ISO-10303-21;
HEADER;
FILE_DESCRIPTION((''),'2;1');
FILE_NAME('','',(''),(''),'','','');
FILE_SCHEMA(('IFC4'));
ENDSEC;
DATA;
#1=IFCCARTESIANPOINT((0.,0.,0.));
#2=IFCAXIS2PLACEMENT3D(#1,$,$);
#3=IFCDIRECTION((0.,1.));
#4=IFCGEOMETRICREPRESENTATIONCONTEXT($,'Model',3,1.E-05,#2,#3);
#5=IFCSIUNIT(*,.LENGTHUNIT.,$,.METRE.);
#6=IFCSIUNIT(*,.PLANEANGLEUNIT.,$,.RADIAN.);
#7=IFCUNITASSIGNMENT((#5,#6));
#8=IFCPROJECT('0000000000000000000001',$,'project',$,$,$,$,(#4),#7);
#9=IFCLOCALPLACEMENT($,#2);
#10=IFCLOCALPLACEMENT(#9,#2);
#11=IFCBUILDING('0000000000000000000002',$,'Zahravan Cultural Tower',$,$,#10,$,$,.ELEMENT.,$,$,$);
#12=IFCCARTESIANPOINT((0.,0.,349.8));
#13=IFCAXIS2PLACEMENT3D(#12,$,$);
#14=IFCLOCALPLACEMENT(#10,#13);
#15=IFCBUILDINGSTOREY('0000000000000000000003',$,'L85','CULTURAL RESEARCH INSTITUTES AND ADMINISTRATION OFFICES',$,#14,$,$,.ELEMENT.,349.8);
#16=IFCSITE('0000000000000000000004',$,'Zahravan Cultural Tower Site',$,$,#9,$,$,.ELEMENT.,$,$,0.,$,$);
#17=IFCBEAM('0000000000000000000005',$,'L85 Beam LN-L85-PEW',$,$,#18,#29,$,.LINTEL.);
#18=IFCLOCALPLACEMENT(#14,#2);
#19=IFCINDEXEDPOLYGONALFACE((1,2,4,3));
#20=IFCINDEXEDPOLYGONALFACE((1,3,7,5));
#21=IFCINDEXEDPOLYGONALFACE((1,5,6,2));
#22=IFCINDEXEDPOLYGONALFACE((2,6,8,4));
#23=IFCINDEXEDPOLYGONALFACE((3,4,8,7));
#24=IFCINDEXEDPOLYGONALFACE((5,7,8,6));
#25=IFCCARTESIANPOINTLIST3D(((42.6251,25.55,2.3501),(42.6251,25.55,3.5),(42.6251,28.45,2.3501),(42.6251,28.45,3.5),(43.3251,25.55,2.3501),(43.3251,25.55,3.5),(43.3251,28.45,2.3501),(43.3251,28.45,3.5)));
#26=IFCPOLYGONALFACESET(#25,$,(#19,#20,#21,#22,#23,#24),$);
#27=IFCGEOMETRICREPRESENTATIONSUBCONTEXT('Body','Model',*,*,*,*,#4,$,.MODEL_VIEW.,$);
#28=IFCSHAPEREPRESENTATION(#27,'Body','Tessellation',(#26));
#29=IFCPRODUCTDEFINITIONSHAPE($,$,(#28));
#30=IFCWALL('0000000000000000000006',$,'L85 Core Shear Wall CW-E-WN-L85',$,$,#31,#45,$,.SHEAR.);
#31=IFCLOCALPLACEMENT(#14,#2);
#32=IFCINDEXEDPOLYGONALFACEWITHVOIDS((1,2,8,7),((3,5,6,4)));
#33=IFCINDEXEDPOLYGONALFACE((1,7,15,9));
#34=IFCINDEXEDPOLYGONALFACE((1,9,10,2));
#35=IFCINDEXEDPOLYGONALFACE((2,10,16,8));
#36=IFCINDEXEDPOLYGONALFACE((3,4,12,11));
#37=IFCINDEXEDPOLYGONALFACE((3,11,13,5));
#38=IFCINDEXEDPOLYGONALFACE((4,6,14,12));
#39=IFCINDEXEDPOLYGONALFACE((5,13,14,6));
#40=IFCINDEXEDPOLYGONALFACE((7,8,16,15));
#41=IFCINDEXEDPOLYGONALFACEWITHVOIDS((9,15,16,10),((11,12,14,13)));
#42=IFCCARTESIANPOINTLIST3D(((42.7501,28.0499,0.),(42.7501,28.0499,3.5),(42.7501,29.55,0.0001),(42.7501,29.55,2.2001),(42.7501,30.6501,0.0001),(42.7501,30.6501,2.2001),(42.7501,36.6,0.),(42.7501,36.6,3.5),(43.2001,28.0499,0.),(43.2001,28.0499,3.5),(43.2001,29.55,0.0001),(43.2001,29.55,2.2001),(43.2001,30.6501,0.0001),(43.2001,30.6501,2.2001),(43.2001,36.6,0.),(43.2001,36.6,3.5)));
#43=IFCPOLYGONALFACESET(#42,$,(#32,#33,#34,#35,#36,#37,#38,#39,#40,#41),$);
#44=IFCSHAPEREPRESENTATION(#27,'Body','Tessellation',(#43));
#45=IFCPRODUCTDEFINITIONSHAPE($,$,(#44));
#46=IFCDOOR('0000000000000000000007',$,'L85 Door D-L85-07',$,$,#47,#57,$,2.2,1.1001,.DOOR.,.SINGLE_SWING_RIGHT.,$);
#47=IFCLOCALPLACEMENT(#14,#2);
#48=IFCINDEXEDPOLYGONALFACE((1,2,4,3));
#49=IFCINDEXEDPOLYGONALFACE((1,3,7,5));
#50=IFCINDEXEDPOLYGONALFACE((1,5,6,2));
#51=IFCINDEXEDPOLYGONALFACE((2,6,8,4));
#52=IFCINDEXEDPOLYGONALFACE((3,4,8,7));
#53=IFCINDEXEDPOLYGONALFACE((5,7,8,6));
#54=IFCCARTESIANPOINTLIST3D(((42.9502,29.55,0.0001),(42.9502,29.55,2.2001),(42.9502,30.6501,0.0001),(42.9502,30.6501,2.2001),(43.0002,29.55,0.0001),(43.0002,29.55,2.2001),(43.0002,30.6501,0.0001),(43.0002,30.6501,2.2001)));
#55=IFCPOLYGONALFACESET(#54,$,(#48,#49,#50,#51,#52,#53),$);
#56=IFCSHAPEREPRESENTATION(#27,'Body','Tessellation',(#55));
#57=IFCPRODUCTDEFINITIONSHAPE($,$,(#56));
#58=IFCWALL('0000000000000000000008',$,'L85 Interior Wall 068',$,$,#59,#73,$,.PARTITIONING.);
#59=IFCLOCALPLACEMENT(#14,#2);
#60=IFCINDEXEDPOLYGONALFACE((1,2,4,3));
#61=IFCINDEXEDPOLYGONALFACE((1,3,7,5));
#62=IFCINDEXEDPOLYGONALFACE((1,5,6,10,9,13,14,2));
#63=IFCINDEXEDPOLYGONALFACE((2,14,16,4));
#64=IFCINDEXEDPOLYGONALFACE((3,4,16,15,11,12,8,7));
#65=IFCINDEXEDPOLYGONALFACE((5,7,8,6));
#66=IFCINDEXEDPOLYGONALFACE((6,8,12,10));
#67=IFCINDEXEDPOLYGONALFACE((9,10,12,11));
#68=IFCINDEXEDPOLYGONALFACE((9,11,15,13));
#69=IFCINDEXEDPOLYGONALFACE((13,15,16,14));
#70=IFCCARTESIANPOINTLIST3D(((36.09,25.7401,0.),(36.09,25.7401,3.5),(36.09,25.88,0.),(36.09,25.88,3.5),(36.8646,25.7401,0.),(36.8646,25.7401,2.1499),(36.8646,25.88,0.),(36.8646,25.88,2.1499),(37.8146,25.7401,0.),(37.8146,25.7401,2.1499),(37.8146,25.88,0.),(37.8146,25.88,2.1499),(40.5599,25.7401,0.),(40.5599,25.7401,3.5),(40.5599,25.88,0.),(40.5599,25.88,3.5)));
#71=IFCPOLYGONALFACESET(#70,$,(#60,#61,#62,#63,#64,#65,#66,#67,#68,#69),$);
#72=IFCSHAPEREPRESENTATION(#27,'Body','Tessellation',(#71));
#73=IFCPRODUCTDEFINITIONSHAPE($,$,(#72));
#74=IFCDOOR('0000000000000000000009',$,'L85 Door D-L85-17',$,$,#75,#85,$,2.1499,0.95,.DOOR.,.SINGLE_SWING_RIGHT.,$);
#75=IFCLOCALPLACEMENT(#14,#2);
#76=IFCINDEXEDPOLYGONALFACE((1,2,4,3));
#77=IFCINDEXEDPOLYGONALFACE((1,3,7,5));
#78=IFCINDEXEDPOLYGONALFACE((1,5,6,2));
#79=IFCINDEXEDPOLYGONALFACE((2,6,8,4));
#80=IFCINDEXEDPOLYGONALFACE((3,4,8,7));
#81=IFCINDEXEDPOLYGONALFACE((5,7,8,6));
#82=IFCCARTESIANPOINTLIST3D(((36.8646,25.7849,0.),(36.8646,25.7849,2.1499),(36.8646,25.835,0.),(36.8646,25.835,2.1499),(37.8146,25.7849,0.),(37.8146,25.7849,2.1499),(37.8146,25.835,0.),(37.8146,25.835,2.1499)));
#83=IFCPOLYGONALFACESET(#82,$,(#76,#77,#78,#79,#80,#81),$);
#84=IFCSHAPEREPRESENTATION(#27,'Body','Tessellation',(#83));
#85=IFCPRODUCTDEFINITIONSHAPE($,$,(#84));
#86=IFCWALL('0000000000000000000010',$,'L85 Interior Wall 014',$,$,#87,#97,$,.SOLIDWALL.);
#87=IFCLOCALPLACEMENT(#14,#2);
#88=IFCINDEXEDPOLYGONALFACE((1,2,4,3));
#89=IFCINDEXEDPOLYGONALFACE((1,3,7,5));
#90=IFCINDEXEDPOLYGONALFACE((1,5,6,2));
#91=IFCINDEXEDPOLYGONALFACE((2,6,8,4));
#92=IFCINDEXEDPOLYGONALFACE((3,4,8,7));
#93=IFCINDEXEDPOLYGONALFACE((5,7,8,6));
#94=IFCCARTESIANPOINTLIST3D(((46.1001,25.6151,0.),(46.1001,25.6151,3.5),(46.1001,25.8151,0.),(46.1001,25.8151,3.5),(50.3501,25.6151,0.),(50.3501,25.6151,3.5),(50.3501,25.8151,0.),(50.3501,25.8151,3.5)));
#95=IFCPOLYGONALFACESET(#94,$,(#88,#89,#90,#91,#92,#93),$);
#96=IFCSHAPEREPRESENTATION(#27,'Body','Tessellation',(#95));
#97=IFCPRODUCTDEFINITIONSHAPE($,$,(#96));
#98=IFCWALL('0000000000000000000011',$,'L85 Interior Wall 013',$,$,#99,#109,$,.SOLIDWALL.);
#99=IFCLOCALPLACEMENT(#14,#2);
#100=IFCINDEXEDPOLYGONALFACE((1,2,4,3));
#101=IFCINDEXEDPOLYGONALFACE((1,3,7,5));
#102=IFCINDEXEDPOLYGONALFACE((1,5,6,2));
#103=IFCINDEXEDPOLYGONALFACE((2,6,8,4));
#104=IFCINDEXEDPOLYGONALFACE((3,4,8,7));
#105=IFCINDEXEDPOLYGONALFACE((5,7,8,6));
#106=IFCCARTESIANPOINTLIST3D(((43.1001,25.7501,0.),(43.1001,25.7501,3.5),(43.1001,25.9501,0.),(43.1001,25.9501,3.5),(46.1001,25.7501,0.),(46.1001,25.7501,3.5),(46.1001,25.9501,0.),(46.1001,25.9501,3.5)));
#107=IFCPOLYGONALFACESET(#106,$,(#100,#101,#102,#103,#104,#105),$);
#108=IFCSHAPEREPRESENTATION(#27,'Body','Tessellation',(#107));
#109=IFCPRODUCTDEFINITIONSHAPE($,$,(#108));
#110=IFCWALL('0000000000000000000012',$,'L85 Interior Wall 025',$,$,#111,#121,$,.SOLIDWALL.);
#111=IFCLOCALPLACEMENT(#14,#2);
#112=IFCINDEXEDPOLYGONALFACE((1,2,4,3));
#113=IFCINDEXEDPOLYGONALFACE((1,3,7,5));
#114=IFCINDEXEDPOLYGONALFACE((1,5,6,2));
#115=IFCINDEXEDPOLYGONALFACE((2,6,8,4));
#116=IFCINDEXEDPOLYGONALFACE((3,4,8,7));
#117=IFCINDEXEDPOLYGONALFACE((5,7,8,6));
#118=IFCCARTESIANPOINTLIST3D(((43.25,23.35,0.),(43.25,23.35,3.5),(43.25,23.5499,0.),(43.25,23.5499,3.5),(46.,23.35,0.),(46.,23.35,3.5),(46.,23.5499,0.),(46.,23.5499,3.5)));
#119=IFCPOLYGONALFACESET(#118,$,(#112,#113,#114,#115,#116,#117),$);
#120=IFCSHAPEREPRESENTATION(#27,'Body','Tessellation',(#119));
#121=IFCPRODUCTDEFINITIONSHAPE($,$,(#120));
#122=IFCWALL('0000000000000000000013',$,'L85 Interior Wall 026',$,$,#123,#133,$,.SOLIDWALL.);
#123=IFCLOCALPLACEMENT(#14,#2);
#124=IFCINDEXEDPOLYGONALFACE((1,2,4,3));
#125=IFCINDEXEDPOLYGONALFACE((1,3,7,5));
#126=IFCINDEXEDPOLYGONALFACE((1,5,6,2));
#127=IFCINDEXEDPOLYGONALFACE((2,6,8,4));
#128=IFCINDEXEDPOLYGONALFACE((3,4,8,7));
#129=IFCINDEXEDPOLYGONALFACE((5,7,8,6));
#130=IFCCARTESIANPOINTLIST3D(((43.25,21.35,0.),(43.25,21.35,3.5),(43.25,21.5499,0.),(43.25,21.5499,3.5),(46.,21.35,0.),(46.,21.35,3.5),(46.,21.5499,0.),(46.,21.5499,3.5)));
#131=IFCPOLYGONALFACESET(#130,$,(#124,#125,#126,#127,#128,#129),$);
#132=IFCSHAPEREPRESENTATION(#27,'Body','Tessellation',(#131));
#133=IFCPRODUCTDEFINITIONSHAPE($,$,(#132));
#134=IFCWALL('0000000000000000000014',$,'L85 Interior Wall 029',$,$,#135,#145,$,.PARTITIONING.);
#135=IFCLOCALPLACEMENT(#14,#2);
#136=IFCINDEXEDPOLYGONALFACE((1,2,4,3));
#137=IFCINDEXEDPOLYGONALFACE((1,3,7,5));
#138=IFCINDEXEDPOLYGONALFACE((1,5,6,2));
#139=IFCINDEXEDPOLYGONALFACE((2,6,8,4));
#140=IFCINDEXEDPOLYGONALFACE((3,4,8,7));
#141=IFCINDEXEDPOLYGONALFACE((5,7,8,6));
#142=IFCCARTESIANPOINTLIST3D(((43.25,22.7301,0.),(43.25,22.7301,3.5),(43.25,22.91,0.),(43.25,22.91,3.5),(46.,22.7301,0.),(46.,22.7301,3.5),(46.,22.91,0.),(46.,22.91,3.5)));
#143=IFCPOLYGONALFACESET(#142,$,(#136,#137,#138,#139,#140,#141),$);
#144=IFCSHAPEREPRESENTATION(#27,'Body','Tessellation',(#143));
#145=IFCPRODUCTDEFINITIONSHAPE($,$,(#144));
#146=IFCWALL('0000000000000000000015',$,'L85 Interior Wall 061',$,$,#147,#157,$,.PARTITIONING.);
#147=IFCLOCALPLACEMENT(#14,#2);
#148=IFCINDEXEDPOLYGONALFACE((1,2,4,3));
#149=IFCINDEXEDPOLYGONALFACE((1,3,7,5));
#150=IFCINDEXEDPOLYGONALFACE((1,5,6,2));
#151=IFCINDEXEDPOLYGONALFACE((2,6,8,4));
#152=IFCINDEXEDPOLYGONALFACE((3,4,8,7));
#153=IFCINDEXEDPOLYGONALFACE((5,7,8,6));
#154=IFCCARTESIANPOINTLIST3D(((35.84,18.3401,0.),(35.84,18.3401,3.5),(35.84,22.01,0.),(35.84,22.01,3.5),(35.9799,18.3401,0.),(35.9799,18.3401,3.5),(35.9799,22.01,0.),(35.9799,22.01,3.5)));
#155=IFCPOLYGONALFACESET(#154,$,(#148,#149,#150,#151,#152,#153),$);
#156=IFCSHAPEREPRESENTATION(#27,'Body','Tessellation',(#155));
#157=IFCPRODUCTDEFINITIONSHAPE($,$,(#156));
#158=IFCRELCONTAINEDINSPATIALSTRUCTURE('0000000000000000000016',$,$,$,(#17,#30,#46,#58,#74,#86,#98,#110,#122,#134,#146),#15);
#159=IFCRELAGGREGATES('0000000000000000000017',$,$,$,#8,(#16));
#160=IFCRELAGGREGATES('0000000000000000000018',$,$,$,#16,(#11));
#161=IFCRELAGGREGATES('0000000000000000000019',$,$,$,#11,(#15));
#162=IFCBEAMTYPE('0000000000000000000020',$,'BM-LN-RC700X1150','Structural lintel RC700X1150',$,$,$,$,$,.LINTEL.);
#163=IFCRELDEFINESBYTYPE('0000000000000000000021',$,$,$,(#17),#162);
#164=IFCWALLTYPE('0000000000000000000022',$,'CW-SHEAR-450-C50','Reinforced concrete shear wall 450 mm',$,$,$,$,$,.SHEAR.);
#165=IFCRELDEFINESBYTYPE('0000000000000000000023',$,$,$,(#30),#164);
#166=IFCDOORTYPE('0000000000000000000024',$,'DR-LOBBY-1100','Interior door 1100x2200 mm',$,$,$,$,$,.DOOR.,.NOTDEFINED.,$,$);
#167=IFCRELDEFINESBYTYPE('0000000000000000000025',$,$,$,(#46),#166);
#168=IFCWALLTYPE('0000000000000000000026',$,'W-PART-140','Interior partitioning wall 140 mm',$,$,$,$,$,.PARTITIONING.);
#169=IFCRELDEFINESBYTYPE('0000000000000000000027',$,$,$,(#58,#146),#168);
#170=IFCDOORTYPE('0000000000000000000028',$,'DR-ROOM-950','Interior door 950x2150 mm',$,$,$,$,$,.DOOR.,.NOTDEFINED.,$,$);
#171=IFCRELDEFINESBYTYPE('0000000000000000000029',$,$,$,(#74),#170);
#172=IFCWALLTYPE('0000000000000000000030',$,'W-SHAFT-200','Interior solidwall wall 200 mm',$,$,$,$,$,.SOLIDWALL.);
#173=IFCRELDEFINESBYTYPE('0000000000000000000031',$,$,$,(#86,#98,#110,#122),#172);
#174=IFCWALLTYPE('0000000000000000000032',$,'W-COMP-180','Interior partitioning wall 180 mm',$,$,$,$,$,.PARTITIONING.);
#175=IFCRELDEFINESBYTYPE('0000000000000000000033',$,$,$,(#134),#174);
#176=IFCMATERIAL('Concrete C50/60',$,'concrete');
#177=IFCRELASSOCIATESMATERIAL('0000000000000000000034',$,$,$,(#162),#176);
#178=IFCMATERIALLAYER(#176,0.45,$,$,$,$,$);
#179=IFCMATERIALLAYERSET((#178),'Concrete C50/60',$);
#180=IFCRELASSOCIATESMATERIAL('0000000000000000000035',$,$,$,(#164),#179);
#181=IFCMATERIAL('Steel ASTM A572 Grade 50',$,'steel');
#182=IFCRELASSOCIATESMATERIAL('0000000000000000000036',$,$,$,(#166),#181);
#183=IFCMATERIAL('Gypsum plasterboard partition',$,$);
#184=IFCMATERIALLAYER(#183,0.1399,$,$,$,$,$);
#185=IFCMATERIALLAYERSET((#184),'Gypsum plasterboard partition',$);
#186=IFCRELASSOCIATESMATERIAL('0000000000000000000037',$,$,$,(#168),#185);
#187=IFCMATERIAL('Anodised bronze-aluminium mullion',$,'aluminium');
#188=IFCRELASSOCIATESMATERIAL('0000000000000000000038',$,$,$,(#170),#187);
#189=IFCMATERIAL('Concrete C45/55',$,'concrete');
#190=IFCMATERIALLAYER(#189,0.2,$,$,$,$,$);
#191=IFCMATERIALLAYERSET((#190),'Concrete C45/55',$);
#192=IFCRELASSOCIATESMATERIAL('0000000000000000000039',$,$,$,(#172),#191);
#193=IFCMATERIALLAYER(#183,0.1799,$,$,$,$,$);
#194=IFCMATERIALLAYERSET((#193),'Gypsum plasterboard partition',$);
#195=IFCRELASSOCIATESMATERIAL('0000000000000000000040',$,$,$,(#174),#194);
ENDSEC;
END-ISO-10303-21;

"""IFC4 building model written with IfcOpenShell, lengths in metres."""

from ifc_helpers import new_model, si_unit, direction, frame, frame_2d, origin, origin_2d, place, context, subcontext, project, spatial, rectangle, extrude, source, transform, mapped, material, layer, layer_set, material_profile, profile_set, type_object, element, fill, save


model = new_model("IFC4")

# Units and contexts
model_context = context("Model", 3, precision=1e-05, world=origin(), true_north=direction((0.0, 1.0)))
body_context = subcontext(model_context, "Body", "Model", "MODEL_VIEW")
ifc_project = project(units=[si_unit("LENGTHUNIT", "METRE"), si_unit("PLANEANGLEUNIT", "RADIAN")], contexts=[model_context])

# Site, building, storey
site_placement = place(None, origin())
site = spatial("IfcSite", under=ifc_project, at=site_placement, Name="Zahravan Cultural Tower Site", CompositionType="ELEMENT", RefElevation=0.0)
building_placement = place(site_placement, origin())
building = spatial("IfcBuilding", under=site, at=building_placement, Name="Zahravan Cultural Tower", CompositionType="ELEMENT")
storey_placement = place(building_placement, frame((0.0, 0.0, 349.8)))
storey = spatial("IfcBuildingStorey", under=building, at=storey_placement, Name="L85", Description="CULTURAL RESEARCH INSTITUTES AND ADMINISTRATION OFFICES", CompositionType="ELEMENT", Elevation=349.8)

# Beam
ifc_material_1 = material(Name="Concrete C50/60", Category="concrete")
ifc_material_profile = material_profile(ifc_material_1, rectangle(XDim=0.7, YDim=1.1499, at=origin_2d()), Name="RC700X1150")
ifc_profile_set = profile_set([ifc_material_profile], Name="Concrete C50/60")
beam_type = type_object("IfcBeamType", Name="BM-LN-RC700X1150", Description="Structural lintel RC700X1150", PredefinedType="LINTEL", material=ifc_profile_set)
shared_shape_1 = source(origin(), body_context, "Body", "SweptSolid", [
    extrude(rectangle(XDim=0.7, YDim=1.1499, at=origin_2d()), origin(), (0.0, 0.0, 1.0), 2.8999),
])
beam_placement = place(storey_placement, frame((42.9751, 25.55, 2.925), z_axis=(0.0, 1.0, 0.0), x_axis=(-1.0, 0.0, 0.0)))
element("IfcBeam", 1, at=beam_placement, inside=storey, type_object=beam_type, Name="L85 Beam LN-L85-PEW", PredefinedType="LINTEL", context=body_context, shape_type="MappedRepresentation", body=[
    mapped(shared_shape_1, transform((0.0, 0.0, 0.0), x_axis=(1.0, 0.0, 0.0), y_axis=(0.0, 1.0, 0.0), z_axis=(0.0, 0.0, 1.0), scale=1.0)),
])

# Walls, openings, doors
ifc_layer_1 = layer(ifc_material_1, 0.45)
ifc_layer_set_1 = layer_set([ifc_layer_1], Name="Concrete C50/60")
wall_type_1 = type_object("IfcWallType", Name="CW-SHEAR-450-C50", Description="Reinforced concrete shear wall 450 mm", PredefinedType="SHEAR", material=ifc_layer_set_1)
wall_1_placement = place(storey_placement, frame((42.9751, 28.05, 0.0), z_axis=(0.0, 0.0, 1.0), x_axis=(0.0, 1.0, 0.0)))
wall_1 = element("IfcWall", 2, at=wall_1_placement, inside=storey, type_object=wall_type_1, Name="L85 Core Shear Wall CW-E-WN-L85", PredefinedType="SHEAR", context=body_context, shape_type="SweptSolid", body=[
    extrude(rectangle(XDim=8.55, YDim=0.45, at=frame_2d((4.2749, 0.0))), origin(), (0.0, 0.0, 1.0), 3.5),
])
opening_1_placement = place(wall_1_placement, frame((1.5, 0.0, 0.0)))
opening_1 = element("IfcOpeningElement", 3, at=opening_1_placement, cuts=wall_1, PredefinedType="OPENING", context=body_context, shape_type="SweptSolid", body=[
    extrude(rectangle(XDim=1.1001, YDim=2.2, at=frame_2d((0.55, 1.1001))), frame((0.0, 0.2349, 0.0), z_axis=(0.0, -1.0, 0.0), x_axis=(1.0, 0.0, 0.0)), (0.0, 0.0, 1.0), 0.47),
])
ifc_material_2 = material(Name="Steel ASTM A572 Grade 50", Category="steel")
door_type_1 = type_object("IfcDoorType", Name="DR-LOBBY-1100", Description="Interior door 1100x2200 mm", OperationType="NOTDEFINED", PredefinedType="DOOR", material=ifc_material_2)
shared_shape_2 = source(origin(), body_context, "Body", "SweptSolid", [
    extrude(rectangle(XDim=1.1001, YDim=2.2, at=frame_2d((0.55, 1.1001))), frame((0.0, 0.0249, 0.0), z_axis=(0.0, -1.0, 0.0), x_axis=(1.0, 0.0, 0.0)), (0.0, 0.0, 1.0), 0.05),
])
door_1_placement = place(opening_1_placement, origin())
door_1 = element("IfcDoor", 4, at=door_1_placement, inside=storey, type_object=door_type_1, Name="L85 Door D-L85-07", OperationType="SINGLE_SWING_RIGHT", OverallHeight=2.2, OverallWidth=1.1001, PredefinedType="DOOR", context=body_context, shape_type="MappedRepresentation", body=[
    mapped(shared_shape_2, transform((0.0, 0.0, 0.0), x_axis=(1.0, 0.0, 0.0), y_axis=(0.0, 1.0, 0.0), z_axis=(0.0, 0.0, 1.0), scale=1.0)),
])
fill(opening_1, door_1)
ifc_material_3 = material(Name="Gypsum plasterboard partition")
ifc_layer_2 = layer(ifc_material_3, 0.1399)
ifc_layer_set_2 = layer_set([ifc_layer_2], Name="Gypsum plasterboard partition")
wall_type_2 = type_object("IfcWallType", Name="W-PART-140", Description="Interior partitioning wall 140 mm", PredefinedType="PARTITIONING", material=ifc_layer_set_2)
ifc_material_4 = material(Name="Anodised bronze-aluminium mullion", Category="aluminium")
door_type_2 = type_object("IfcDoorType", Name="DR-ROOM-950", Description="Interior door 950x2150 mm", OperationType="NOTDEFINED", PredefinedType="DOOR", material=ifc_material_4)
shared_shape_3 = source(origin(), body_context, "Body", "SweptSolid", [
    extrude(rectangle(XDim=0.95, YDim=2.1499, at=frame_2d((0.4751, 1.075))), frame((0.0, 0.0249, 0.0), z_axis=(0.0, -1.0, 0.0), x_axis=(1.0, 0.0, 0.0)), (0.0, 0.0, 1.0), 0.05),
])
wall_2_placement = place(storey_placement, frame((36.0901, 25.8101, 0.0), z_axis=(0.0, 0.0, 1.0), x_axis=(1.0, 0.0, 0.0)))
wall_2 = element("IfcWall", 5, at=wall_2_placement, inside=storey, type_object=wall_type_2, Name="L85 Interior Wall 068", PredefinedType="PARTITIONING", context=body_context, shape_type="SweptSolid", body=[
    extrude(rectangle(XDim=4.47, YDim=0.1399, at=frame_2d((2.2349, 0.0))), origin(), (0.0, 0.0, 1.0), 3.5),
])
opening_2_placement = place(wall_2_placement, frame((0.7744, 0.0, 0.0)))
opening_2 = element("IfcOpeningElement", 6, at=opening_2_placement, cuts=wall_2, PredefinedType="OPENING", context=body_context, shape_type="SweptSolid", body=[
    extrude(rectangle(XDim=0.95, YDim=2.1499, at=frame_2d((0.4751, 1.075))), frame((0.0, 0.0798, 0.0), z_axis=(0.0, -1.0, 0.0), x_axis=(1.0, 0.0, 0.0)), (0.0, 0.0, 1.0), 0.1599),
])
door_2_placement = place(opening_2_placement, origin())
door_2 = element("IfcDoor", 7, at=door_2_placement, inside=storey, type_object=door_type_2, Name="L85 Door D-L85-17", OperationType="SINGLE_SWING_RIGHT", OverallHeight=2.1499, OverallWidth=0.95, PredefinedType="DOOR", context=body_context, shape_type="MappedRepresentation", body=[
    mapped(shared_shape_3, transform((0.0, 0.0, 0.0), x_axis=(1.0, 0.0, 0.0), y_axis=(0.0, 1.0, 0.0), z_axis=(0.0, 0.0, 1.0), scale=1.0)),
])
fill(opening_2, door_2)

# Walls
ifc_material_5 = material(Name="Concrete C45/55", Category="concrete")
ifc_layer_3 = layer(ifc_material_5, 0.2)
ifc_layer_set_3 = layer_set([ifc_layer_3], Name="Concrete C45/55")
wall_type_3 = type_object("IfcWallType", Name="W-SHAFT-200", Description="Interior solidwall wall 200 mm", PredefinedType="SOLIDWALL", material=ifc_layer_set_3)
shared_shape_4 = source(origin(), body_context, "Body", "SweptSolid", [
    extrude(rectangle(XDim=4.25, YDim=0.2, at=frame_2d((2.125, 0.0))), origin(), (0.0, 0.0, 1.0), 3.5),
])
wall_3_placement = place(storey_placement, frame((46.1001, 25.7151, 0.0), z_axis=(0.0, 0.0, 1.0), x_axis=(1.0, 0.0, 0.0)))
element("IfcWall", 8, at=wall_3_placement, inside=storey, type_object=wall_type_3, Name="L85 Interior Wall 014", PredefinedType="SOLIDWALL", context=body_context, shape_type="MappedRepresentation", body=[
    mapped(shared_shape_4, transform((0.0, 0.0, 0.0), x_axis=(1.0, 0.0, 0.0), y_axis=(0.0, 1.0, 0.0), z_axis=(0.0, 0.0, 1.0), scale=1.0)),
])
shared_shape_5 = source(origin(), body_context, "Body", "SweptSolid", [
    extrude(rectangle(XDim=3.0, YDim=0.2, at=frame_2d((1.5, 0.0))), origin(), (0.0, 0.0, 1.0), 3.5),
])
wall_4_placement = place(storey_placement, frame((43.1001, 25.8501, 0.0), z_axis=(0.0, 0.0, 1.0), x_axis=(1.0, 0.0, 0.0)))
element("IfcWall", 9, at=wall_4_placement, inside=storey, type_object=wall_type_3, Name="L85 Interior Wall 013", PredefinedType="SOLIDWALL", context=body_context, shape_type="MappedRepresentation", body=[
    mapped(shared_shape_5, transform((0.0, 0.0, 0.0), x_axis=(1.0, 0.0, 0.0), y_axis=(0.0, 1.0, 0.0), z_axis=(0.0, 0.0, 1.0), scale=1.0)),
])
shared_shape_6 = source(origin(), body_context, "Body", "SweptSolid", [
    extrude(rectangle(XDim=2.75, YDim=0.2, at=frame_2d((1.375, 0.0))), origin(), (0.0, 0.0, 1.0), 3.5),
])
for number, where, z_axis, x_axis, name in (
    (10, (43.25, 23.45, 0.0), (0.0, 0.0, 1.0), (1.0, 0.0, 0.0), "L85 Interior Wall 025"),
    (11, (43.25, 21.45, 0.0), (0.0, 0.0, 1.0), (1.0, 0.0, 0.0), "L85 Interior Wall 026"),
):
    element("IfcWall", number, at=place(storey_placement, frame(where, z_axis=z_axis, x_axis=x_axis)), inside=storey, type_object=wall_type_3, Name=name, PredefinedType="SOLIDWALL", context=body_context, shape_type="MappedRepresentation", body=[
        mapped(shared_shape_6, transform((0.0, 0.0, 0.0), x_axis=(1.0, 0.0, 0.0), y_axis=(0.0, 1.0, 0.0), z_axis=(0.0, 0.0, 1.0), scale=1.0)),
    ])
ifc_layer_4 = layer(ifc_material_3, 0.1799)
ifc_layer_set_4 = layer_set([ifc_layer_4], Name="Gypsum plasterboard partition")
wall_type_4 = type_object("IfcWallType", Name="W-COMP-180", Description="Interior partitioning wall 180 mm", PredefinedType="PARTITIONING", material=ifc_layer_set_4)
shared_shape_7 = source(origin(), body_context, "Body", "SweptSolid", [
    extrude(rectangle(XDim=2.75, YDim=0.1799, at=frame_2d((1.375, 0.0))), origin(), (0.0, 0.0, 1.0), 3.5),
])
wall_5_placement = place(storey_placement, frame((43.25, 22.8201, 0.0), z_axis=(0.0, 0.0, 1.0), x_axis=(1.0, 0.0, 0.0)))
element("IfcWall", 12, at=wall_5_placement, inside=storey, type_object=wall_type_4, Name="L85 Interior Wall 029", PredefinedType="PARTITIONING", context=body_context, shape_type="MappedRepresentation", body=[
    mapped(shared_shape_7, transform((0.0, 0.0, 0.0), x_axis=(1.0, 0.0, 0.0), y_axis=(0.0, 1.0, 0.0), z_axis=(0.0, 0.0, 1.0), scale=1.0)),
])
shared_shape_8 = source(origin(), body_context, "Body", "SweptSolid", [
    extrude(rectangle(XDim=3.6699, YDim=0.1399, at=frame_2d((1.835, 0.0))), origin(), (0.0, 0.0, 1.0), 3.5),
])
wall_6_placement = place(storey_placement, frame((35.9099, 22.01, 0.0), z_axis=(0.0, 0.0, 1.0), x_axis=(0.0, -1.0, 0.0)))
element("IfcWall", 13, at=wall_6_placement, inside=storey, type_object=wall_type_2, Name="L85 Interior Wall 061", PredefinedType="PARTITIONING", context=body_context, shape_type="MappedRepresentation", body=[
    mapped(shared_shape_8, transform((0.0, 0.0, 0.0), x_axis=(1.0, 0.0, 0.0), y_axis=(0.0, 1.0, 0.0), z_axis=(0.0, 0.0, 1.0), scale=1.0)),
])

save(model, "model.ifc")
